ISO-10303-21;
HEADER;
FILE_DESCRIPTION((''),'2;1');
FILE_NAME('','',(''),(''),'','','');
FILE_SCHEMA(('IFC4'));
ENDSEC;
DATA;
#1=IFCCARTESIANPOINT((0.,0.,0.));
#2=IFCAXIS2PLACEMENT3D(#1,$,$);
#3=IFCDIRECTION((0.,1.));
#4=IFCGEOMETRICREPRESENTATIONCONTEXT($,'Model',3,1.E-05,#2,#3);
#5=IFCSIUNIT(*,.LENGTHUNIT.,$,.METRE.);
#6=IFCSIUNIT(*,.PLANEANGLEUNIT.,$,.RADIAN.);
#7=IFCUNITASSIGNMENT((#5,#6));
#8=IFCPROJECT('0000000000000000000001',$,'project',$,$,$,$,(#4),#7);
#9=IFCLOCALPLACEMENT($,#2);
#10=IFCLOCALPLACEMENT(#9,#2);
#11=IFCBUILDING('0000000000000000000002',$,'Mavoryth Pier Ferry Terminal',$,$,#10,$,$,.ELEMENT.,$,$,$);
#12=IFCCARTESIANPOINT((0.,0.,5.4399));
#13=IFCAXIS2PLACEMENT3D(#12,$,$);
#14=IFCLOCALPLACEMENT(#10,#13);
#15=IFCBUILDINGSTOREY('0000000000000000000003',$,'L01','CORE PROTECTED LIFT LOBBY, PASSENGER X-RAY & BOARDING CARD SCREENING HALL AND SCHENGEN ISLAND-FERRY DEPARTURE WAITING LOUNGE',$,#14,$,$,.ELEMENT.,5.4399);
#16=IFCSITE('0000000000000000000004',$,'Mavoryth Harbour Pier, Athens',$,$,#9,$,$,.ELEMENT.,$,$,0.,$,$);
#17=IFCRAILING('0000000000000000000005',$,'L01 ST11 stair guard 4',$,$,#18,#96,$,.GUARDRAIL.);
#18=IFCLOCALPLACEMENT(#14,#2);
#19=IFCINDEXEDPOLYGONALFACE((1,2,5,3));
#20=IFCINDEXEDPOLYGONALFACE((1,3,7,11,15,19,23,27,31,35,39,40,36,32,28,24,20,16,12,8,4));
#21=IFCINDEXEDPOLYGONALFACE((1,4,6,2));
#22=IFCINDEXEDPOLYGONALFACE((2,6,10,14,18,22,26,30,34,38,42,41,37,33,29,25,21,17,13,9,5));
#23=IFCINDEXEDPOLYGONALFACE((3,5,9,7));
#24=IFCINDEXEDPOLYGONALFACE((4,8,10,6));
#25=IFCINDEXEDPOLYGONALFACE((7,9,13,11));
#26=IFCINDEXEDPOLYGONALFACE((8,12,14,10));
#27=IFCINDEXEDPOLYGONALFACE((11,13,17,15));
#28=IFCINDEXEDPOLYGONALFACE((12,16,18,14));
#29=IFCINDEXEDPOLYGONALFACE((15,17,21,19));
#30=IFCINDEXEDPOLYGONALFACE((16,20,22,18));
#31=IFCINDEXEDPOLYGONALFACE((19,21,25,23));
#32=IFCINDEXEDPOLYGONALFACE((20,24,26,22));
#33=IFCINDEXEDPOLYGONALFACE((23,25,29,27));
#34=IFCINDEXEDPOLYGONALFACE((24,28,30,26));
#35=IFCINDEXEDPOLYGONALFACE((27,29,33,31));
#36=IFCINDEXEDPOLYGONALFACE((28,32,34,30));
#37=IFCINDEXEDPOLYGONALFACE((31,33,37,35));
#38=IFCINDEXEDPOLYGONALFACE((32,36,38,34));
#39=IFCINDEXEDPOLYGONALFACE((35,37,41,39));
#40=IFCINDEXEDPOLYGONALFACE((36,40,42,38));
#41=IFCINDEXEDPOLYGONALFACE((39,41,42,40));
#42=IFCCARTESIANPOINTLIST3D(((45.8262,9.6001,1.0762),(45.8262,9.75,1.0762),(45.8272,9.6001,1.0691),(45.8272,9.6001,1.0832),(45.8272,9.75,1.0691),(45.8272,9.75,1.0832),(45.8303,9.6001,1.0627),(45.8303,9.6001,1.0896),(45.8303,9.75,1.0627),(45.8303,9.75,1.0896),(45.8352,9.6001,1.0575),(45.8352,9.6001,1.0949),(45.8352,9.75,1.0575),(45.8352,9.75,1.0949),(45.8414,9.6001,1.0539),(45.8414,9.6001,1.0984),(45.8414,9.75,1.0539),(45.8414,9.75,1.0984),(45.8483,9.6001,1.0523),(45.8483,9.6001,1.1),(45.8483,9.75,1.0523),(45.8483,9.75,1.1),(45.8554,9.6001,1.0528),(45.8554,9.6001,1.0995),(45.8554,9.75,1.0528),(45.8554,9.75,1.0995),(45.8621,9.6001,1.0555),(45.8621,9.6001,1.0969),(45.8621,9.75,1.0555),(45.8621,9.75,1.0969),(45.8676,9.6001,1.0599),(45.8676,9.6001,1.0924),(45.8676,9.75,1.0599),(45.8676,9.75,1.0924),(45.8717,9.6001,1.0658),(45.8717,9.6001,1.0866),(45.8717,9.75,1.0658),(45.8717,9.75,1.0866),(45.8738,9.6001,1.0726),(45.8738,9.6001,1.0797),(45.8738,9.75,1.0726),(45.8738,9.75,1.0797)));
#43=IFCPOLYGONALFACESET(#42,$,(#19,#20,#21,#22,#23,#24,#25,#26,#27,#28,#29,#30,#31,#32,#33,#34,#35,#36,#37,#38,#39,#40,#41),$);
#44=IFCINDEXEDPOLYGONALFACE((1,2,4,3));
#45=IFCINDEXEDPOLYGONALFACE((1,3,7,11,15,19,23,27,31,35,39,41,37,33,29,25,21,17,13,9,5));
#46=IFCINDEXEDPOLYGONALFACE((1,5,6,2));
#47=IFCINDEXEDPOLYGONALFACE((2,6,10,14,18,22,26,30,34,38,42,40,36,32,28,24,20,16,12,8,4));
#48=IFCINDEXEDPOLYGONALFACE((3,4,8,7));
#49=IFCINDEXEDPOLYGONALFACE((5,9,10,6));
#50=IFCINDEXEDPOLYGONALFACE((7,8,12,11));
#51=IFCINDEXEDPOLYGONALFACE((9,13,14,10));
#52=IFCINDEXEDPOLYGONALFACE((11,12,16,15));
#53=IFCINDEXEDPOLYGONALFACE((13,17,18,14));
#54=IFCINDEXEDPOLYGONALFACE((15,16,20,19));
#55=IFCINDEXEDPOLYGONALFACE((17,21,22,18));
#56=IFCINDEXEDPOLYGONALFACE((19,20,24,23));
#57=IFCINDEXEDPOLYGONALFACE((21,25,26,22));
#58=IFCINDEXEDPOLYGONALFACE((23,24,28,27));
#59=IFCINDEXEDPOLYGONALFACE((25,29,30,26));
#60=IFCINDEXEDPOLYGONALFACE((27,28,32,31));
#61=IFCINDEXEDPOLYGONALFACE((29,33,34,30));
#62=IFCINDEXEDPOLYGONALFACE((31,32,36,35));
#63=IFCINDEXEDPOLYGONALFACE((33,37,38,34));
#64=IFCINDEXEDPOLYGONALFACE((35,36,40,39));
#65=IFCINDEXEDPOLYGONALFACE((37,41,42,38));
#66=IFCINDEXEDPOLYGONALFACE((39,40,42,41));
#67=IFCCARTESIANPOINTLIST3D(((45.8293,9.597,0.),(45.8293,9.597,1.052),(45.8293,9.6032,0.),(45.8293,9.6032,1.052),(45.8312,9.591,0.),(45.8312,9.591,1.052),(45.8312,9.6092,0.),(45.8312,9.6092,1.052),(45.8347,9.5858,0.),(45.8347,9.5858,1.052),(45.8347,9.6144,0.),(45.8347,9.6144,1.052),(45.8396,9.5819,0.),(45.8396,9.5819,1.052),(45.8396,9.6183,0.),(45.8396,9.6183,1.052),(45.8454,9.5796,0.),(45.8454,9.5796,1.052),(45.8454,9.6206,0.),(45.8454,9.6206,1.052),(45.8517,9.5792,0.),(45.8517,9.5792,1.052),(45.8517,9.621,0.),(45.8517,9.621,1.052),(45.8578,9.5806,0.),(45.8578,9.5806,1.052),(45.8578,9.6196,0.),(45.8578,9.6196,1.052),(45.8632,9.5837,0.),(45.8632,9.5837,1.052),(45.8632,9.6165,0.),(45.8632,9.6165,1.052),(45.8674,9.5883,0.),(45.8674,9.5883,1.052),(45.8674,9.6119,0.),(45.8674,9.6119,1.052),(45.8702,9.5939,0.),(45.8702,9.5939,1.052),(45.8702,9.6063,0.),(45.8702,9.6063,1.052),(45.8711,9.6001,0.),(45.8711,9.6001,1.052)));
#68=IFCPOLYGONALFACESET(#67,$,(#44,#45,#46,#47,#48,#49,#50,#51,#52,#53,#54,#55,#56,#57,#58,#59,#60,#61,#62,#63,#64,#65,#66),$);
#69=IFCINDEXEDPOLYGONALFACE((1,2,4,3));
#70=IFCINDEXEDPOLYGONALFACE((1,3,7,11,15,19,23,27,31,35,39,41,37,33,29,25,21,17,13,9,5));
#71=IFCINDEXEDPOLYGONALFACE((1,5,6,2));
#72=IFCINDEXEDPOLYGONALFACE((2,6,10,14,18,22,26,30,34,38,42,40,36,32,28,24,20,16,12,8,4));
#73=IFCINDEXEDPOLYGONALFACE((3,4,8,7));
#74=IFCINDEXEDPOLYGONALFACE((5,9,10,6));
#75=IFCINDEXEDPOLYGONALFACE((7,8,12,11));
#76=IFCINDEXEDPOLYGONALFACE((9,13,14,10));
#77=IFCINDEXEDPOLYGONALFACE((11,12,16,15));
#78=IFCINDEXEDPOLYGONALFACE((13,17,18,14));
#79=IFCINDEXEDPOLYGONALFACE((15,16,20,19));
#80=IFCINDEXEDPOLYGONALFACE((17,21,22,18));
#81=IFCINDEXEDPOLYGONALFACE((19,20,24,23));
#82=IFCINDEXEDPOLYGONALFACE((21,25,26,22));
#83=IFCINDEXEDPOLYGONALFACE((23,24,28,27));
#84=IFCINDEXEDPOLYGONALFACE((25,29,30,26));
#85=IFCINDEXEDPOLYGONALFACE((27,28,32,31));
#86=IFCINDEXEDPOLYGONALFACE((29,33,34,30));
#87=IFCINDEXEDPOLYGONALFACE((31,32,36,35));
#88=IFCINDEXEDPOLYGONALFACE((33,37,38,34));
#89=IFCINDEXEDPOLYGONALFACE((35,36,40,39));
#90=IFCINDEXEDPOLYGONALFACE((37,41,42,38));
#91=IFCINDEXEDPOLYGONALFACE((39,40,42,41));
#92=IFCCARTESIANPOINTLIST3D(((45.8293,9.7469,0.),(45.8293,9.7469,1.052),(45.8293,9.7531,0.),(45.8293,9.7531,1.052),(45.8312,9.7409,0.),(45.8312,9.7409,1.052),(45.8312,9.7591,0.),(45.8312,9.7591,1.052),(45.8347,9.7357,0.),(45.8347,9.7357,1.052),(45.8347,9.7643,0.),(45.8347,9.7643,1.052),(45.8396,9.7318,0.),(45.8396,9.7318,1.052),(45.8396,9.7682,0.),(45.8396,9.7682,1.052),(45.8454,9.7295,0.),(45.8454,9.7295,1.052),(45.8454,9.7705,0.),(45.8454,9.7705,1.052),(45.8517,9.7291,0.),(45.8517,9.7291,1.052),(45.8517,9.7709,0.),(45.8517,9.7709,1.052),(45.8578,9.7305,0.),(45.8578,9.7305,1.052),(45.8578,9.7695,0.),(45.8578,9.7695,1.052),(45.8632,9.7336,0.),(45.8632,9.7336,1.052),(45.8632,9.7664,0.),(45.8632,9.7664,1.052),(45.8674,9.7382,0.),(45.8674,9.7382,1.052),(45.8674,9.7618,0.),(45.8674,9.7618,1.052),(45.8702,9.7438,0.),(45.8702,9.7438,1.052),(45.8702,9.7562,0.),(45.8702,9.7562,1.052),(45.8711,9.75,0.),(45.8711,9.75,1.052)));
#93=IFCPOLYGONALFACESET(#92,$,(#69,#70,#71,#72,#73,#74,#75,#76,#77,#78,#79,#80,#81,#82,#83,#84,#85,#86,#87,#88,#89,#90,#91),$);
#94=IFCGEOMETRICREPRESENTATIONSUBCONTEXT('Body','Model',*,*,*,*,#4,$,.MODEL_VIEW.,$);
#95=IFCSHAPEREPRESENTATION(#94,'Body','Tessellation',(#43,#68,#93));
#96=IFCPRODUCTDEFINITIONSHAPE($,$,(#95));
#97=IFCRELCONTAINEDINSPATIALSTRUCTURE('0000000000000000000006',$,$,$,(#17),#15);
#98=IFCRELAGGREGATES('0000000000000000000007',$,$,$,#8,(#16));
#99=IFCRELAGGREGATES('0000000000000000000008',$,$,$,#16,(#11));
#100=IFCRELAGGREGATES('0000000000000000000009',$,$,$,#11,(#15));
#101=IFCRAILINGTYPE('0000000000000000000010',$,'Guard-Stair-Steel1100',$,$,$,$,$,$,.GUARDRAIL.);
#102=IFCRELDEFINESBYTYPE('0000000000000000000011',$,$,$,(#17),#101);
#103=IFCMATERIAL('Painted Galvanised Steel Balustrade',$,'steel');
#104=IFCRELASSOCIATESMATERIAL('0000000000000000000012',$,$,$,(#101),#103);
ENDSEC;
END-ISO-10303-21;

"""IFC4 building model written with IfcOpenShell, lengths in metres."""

from ifc_helpers import new_model, si_unit, direction, frame, origin, origin_2d, place, context, subcontext, project, spatial, circle, extrude, material, type_object, element, save


model = new_model("IFC4")

# Units and contexts
model_context = context("Model", 3, precision=1e-05, world=origin(), true_north=direction((0.0, 1.0)))
body_context = subcontext(model_context, "Body", "Model", "MODEL_VIEW")
ifc_project = project(units=[si_unit("LENGTHUNIT", "METRE"), si_unit("PLANEANGLEUNIT", "RADIAN")], contexts=[model_context])

# Site, building, storey
site_placement = place(None, origin())
site = spatial("IfcSite", under=ifc_project, at=site_placement, Name="Mavoryth Harbour Pier, Athens", CompositionType="ELEMENT", RefElevation=0.0)
building_placement = place(site_placement, origin())
building = spatial("IfcBuilding", under=site, at=building_placement, Name="Mavoryth Pier Ferry Terminal", CompositionType="ELEMENT")
storey_placement = place(building_placement, frame((0.0, 0.0, 5.4399)))
storey = spatial("IfcBuildingStorey", under=building, at=storey_placement, Name="L01", Description="CORE PROTECTED LIFT LOBBY, PASSENGER X-RAY & BOARDING CARD SCREENING HALL AND SCHENGEN ISLAND-FERRY DEPARTURE WAITING LOUNGE", CompositionType="ELEMENT", Elevation=5.4399)

# Railing
ifc_material_1 = material(Name="Painted Galvanised Steel Balustrade", Category="steel")
railing_type_1 = type_object("IfcRailingType", Name="Guard-Stair-Steel1100", PredefinedType="GUARDRAIL", material=ifc_material_1)
railing_1_placement = place(storey_placement, frame((45.8501, 9.6001, 0.0)))
element("IfcRailing", 1, at=railing_1_placement, inside=storey, type_object=railing_type_1, Name="L01 ST11 stair guard 4", PredefinedType="GUARDRAIL", context=body_context, shape_type="SweptSolid", body=[
    extrude(circle(Radius=0.0239, at=origin_2d()), frame((0.0, 0.0, 1.0762), z_axis=(0.0, 1.0, 0.0), x_axis=(-1.0, 0.0, 0.0)), (0.0, 0.0, 1.0), 0.1499),
    extrude(circle(Radius=0.021, at=origin_2d()), origin(), (0.0, 0.0, 1.0), 1.052),
    extrude(circle(Radius=0.021, at=origin_2d()), frame((0.0, 0.1499, 0.0)), (0.0, 0.0, 1.0), 1.052),
])

save(model, "model.ifc")
